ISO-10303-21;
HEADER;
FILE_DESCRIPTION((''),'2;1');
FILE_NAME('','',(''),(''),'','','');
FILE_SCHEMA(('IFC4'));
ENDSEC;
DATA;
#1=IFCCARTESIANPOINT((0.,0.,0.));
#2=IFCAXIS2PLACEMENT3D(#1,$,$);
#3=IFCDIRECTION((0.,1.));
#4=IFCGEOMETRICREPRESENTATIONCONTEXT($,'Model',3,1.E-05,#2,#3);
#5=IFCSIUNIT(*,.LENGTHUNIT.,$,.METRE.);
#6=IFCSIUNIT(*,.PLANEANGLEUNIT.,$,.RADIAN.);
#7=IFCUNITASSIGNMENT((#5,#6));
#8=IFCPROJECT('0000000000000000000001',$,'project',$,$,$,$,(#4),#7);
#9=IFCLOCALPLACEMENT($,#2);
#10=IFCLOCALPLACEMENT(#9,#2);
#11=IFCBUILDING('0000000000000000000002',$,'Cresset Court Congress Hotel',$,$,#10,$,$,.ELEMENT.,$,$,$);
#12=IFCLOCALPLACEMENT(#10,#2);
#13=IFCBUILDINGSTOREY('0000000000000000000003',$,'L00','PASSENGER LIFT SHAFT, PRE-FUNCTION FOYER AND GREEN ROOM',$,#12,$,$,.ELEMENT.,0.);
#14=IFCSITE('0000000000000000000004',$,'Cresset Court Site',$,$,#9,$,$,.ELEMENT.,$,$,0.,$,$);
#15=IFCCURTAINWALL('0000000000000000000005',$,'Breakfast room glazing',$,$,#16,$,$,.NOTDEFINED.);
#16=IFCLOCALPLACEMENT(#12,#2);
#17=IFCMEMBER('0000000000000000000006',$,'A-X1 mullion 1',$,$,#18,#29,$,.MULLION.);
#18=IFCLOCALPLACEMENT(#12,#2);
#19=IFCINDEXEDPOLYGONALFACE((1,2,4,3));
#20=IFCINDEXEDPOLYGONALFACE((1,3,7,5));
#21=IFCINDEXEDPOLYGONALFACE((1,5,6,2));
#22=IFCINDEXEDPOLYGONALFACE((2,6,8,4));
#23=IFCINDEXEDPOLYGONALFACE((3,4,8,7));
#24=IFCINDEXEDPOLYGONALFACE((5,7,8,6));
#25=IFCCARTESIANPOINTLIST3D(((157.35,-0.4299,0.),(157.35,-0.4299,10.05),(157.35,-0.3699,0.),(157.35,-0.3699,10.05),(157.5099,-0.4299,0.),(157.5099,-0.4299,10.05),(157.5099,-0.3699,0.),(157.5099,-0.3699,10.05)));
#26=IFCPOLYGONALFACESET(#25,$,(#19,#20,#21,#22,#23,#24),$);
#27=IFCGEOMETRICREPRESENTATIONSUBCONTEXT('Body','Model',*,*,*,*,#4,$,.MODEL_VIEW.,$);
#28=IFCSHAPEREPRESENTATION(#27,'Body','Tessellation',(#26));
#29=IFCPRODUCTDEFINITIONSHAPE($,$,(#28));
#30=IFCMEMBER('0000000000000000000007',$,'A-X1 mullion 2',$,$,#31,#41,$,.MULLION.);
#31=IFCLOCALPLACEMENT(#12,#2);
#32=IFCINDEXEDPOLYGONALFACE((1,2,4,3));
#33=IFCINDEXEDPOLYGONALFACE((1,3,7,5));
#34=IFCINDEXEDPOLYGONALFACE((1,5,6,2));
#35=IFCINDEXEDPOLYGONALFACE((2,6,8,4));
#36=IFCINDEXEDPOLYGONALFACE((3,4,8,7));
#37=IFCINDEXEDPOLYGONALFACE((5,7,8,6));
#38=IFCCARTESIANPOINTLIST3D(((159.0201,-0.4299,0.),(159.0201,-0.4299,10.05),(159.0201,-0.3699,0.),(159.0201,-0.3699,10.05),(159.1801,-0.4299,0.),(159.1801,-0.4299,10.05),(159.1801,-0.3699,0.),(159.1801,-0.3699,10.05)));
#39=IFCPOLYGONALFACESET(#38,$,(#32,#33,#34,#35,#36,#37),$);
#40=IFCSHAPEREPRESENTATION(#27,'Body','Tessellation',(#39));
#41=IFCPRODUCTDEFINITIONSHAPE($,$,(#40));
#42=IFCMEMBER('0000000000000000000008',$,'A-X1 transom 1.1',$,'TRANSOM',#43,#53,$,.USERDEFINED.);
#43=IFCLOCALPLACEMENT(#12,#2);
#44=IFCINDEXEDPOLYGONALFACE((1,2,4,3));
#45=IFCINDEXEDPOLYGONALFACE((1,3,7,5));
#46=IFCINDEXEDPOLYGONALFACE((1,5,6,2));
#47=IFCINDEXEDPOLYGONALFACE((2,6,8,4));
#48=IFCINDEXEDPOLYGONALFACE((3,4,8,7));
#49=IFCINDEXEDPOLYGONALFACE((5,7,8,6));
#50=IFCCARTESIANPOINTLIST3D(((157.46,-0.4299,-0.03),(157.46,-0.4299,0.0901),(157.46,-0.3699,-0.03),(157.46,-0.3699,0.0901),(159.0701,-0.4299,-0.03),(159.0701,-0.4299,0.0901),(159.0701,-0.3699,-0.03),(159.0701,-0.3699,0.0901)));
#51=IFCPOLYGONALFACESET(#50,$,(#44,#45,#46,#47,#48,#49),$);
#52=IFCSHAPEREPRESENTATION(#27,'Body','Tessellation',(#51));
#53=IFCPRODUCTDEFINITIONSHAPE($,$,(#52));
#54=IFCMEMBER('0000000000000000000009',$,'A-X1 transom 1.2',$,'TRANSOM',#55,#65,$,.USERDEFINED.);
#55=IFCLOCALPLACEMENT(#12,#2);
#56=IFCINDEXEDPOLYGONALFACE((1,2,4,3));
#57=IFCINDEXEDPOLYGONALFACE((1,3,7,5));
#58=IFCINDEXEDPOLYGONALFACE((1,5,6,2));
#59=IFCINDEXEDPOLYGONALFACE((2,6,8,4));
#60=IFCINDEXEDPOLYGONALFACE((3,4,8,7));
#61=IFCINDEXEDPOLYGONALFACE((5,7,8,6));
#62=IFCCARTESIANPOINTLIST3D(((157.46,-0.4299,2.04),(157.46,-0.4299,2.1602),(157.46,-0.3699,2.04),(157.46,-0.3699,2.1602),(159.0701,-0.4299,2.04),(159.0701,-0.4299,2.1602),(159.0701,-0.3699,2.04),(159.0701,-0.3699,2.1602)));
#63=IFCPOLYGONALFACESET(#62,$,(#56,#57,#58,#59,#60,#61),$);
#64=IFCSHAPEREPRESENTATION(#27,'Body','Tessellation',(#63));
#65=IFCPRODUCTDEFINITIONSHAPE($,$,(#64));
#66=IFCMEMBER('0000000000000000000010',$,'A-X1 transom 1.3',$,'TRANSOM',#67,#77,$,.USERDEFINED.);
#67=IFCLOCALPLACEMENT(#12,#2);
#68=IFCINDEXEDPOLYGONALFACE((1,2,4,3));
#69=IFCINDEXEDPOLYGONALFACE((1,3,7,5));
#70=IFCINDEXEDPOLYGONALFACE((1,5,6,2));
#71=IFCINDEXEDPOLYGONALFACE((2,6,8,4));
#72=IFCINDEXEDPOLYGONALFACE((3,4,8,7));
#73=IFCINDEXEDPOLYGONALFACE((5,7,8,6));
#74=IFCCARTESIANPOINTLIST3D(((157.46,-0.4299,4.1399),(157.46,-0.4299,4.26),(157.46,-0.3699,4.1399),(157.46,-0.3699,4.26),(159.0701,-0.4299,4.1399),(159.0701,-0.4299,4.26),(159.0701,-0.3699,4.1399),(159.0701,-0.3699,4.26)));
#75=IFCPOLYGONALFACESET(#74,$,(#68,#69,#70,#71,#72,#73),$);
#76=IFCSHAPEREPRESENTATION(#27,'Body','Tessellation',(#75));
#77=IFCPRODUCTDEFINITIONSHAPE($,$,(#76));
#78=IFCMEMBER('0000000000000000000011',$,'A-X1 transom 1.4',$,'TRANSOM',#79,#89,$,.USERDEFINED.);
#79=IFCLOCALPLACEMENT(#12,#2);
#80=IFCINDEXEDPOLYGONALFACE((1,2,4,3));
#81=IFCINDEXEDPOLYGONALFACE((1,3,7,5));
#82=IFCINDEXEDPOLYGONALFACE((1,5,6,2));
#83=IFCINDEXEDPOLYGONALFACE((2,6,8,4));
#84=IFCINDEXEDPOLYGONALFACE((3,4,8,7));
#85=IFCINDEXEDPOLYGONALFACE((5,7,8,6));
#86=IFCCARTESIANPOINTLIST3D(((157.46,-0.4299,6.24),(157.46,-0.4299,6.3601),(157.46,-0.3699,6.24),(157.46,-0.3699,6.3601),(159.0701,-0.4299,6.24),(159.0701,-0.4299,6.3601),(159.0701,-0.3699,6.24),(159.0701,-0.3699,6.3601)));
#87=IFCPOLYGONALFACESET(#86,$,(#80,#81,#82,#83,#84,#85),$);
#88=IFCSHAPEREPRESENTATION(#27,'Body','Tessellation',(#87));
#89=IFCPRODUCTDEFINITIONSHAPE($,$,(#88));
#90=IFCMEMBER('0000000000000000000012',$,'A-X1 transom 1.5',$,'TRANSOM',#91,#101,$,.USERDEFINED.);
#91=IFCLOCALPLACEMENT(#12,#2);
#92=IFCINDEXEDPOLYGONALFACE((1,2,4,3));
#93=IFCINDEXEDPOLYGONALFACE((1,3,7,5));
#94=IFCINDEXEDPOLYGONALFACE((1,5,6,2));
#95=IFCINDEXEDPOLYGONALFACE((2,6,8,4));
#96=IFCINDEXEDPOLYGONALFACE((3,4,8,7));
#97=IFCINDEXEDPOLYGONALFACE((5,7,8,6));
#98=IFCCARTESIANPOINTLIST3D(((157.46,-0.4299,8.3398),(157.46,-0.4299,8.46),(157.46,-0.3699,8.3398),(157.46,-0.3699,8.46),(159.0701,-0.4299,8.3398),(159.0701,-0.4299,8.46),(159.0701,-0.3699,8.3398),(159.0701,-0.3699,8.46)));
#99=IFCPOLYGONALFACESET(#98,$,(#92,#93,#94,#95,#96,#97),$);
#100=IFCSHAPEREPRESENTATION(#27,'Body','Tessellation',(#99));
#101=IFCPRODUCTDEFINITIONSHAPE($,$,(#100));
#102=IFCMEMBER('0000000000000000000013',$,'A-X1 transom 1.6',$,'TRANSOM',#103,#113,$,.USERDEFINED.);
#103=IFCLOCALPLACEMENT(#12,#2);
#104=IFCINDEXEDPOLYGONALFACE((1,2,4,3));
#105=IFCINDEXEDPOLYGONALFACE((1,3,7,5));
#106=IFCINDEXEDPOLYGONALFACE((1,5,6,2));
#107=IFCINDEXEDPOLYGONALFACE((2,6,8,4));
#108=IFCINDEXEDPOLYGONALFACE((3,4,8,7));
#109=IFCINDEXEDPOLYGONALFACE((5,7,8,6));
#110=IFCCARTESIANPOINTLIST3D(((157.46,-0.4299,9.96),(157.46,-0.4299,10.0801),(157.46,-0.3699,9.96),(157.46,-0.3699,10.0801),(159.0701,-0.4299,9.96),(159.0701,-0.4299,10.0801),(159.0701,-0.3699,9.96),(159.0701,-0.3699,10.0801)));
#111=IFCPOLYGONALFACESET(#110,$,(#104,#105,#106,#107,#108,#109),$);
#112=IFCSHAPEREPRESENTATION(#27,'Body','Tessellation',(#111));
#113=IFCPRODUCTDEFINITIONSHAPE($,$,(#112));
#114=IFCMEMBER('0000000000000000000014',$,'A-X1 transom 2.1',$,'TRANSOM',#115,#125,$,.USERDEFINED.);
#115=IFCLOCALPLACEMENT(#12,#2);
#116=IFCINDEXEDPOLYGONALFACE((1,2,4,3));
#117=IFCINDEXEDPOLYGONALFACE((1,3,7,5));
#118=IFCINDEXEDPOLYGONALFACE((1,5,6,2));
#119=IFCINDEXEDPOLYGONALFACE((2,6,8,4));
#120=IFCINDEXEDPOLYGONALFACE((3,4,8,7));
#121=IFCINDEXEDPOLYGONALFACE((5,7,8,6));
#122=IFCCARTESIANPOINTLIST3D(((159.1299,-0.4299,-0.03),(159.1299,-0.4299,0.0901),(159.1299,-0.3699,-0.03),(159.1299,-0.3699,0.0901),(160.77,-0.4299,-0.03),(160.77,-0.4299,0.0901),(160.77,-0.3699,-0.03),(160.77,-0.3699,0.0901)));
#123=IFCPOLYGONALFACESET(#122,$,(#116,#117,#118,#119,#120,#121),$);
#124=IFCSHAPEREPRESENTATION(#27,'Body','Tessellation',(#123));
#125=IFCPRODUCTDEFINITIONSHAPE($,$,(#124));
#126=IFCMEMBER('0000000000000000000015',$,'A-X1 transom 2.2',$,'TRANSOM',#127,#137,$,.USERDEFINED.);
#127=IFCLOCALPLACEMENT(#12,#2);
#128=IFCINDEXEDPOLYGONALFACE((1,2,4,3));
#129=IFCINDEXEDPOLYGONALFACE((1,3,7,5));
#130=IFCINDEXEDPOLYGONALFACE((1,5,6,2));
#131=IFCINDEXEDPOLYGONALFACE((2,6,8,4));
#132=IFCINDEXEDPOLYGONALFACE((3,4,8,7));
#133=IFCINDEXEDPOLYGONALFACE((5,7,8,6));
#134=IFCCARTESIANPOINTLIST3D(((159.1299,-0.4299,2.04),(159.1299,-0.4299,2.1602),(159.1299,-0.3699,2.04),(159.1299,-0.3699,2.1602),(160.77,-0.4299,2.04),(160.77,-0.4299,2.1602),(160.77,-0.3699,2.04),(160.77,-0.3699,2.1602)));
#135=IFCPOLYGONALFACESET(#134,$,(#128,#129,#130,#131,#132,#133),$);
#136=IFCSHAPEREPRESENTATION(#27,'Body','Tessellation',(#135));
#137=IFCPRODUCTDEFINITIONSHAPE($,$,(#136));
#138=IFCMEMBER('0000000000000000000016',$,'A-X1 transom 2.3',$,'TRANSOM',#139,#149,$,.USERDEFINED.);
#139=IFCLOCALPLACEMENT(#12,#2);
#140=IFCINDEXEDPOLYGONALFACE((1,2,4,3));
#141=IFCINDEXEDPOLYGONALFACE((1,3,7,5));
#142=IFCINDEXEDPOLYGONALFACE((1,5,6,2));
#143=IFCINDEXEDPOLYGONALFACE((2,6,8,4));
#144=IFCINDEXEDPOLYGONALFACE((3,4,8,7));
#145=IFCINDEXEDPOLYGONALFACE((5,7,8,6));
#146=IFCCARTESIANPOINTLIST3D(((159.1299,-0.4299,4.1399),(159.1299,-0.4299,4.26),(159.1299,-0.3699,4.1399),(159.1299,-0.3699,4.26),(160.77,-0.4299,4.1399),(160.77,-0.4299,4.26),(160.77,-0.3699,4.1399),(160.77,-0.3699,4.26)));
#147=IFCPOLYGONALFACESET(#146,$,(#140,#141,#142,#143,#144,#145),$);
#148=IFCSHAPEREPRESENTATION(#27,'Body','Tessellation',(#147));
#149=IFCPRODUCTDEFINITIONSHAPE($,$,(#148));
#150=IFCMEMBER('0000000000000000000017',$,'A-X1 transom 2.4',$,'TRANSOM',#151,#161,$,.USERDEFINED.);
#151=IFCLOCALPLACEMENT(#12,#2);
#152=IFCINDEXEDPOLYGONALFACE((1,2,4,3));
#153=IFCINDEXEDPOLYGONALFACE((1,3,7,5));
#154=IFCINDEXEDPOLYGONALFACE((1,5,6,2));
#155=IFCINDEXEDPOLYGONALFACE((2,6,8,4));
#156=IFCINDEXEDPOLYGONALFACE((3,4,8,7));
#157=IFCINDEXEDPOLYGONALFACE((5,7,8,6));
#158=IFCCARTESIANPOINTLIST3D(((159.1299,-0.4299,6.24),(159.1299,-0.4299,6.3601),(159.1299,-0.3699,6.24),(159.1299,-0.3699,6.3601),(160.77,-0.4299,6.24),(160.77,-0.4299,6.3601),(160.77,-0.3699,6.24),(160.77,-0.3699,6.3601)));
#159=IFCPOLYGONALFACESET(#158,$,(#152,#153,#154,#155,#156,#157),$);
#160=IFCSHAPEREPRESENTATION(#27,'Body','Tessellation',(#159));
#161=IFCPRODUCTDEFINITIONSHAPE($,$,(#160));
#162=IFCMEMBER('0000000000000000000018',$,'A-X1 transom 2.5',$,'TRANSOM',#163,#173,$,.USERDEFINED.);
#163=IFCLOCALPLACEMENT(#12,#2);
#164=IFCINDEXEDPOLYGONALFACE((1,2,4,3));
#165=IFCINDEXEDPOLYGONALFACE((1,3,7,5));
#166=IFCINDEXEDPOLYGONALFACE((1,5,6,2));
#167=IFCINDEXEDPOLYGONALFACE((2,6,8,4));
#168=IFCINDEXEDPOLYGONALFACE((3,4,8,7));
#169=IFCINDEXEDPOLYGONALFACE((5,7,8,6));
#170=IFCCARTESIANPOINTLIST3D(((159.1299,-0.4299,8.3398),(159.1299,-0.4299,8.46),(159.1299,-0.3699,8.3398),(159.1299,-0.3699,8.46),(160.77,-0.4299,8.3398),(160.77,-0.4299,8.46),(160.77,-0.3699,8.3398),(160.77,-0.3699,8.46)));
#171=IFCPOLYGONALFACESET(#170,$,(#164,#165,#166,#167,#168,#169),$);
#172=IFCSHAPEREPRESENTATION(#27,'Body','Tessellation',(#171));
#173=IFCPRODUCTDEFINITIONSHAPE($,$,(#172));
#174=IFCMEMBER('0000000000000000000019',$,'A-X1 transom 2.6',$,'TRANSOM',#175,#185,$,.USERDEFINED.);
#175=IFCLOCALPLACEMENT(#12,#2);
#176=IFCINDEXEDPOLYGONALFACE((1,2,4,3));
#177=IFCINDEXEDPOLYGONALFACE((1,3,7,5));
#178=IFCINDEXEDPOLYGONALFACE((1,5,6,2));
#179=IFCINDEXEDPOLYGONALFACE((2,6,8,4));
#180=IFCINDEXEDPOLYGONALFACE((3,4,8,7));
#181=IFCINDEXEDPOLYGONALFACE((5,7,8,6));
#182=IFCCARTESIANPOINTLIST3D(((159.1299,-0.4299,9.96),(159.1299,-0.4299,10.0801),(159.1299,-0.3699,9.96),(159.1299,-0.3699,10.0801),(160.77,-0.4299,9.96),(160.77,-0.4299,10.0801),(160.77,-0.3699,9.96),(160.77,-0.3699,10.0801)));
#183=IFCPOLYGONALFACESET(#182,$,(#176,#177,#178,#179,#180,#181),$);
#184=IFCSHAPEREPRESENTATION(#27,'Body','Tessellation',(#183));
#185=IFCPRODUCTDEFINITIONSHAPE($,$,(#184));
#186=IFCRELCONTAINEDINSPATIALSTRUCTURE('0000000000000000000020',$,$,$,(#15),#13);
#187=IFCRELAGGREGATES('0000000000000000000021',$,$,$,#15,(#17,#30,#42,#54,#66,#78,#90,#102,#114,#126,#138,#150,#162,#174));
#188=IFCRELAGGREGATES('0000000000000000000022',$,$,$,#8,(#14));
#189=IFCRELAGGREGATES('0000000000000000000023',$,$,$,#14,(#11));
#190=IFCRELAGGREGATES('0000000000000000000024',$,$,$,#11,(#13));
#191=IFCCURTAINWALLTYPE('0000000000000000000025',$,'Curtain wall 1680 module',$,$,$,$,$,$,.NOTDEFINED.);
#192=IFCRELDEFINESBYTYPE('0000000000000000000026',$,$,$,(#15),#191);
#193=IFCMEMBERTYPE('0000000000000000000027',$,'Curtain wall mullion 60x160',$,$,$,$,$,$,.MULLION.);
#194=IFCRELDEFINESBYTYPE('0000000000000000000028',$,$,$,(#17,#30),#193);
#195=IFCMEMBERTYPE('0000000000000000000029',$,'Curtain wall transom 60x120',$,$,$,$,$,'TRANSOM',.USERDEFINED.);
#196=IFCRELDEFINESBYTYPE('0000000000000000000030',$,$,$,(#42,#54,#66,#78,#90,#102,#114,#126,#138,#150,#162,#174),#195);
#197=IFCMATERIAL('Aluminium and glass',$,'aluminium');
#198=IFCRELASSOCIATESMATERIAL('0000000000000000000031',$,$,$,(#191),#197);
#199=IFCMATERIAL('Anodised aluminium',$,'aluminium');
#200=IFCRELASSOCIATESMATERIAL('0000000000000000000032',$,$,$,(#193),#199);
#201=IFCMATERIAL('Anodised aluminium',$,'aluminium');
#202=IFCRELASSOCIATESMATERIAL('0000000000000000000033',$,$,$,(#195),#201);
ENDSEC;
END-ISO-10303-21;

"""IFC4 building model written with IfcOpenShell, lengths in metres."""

from ifc_helpers import new_model, si_unit, direction, frame, origin, origin_2d, place, context, subcontext, project, spatial, rectangle, extrude, material, material_profile, profile_set, type_object, element, aggregate, save


model = new_model("IFC4")

# Units and contexts
model_context = context("Model", 3, precision=1e-05, world=origin(), true_north=direction((0.0, 1.0)))
body_context = subcontext(model_context, "Body", "Model", "MODEL_VIEW")
ifc_project = project(units=[si_unit("LENGTHUNIT", "METRE"), si_unit("PLANEANGLEUNIT", "RADIAN")], contexts=[model_context])

# Site, building, storey
site_placement = place(None, origin())
site = spatial("IfcSite", under=ifc_project, at=site_placement, Name="Cresset Court Site", CompositionType="ELEMENT", RefElevation=0.0)
building_placement = place(site_placement, origin())
building = spatial("IfcBuilding", under=site, at=building_placement, Name="Cresset Court Congress Hotel", CompositionType="ELEMENT")
storey_placement = place(building_placement, origin())
storey = spatial("IfcBuildingStorey", under=building, at=storey_placement, Name="L00", Description="PASSENGER LIFT SHAFT, PRE-FUNCTION FOYER AND GREEN ROOM", CompositionType="ELEMENT", Elevation=0.0)

# Curtain wall, members
ifc_material_1 = material(Name="Aluminium and glass", Category="aluminium")
curtain_wall_type = type_object("IfcCurtainWallType", Name="Curtain wall 1680 module", PredefinedType="NOTDEFINED", material=ifc_material_1)
curtain_wall_placement = place(storey_placement, origin())
curtain_wall = element("IfcCurtainWall", 1, at=curtain_wall_placement, inside=storey, type_object=curtain_wall_type, Name="Breakfast room glazing", PredefinedType="NOTDEFINED")
ifc_material_2 = material(Name="Anodised aluminium", Category="aluminium")
ifc_material_profile_1 = material_profile(ifc_material_2, rectangle(XDim=0.0601, YDim=0.1599, at=origin_2d()), Name="AL60x160")
ifc_profile_set_1 = profile_set([ifc_material_profile_1], Name="Anodised aluminium")
member_type_1 = type_object("IfcMemberType", Name="Curtain wall mullion 60x160", PredefinedType="MULLION", material=ifc_profile_set_1)
member_1_placement = place(storey_placement, frame((157.4299, -0.3999, 0.0), z_axis=(0.0, 0.0, 1.0), x_axis=(0.0, 1.0, 0.0)))
member_1 = element("IfcMember", 2, at=member_1_placement, type_object=member_type_1, Name="A-X1 mullion 1", PredefinedType="MULLION", context=body_context, shape_type="SweptSolid", body=[
    extrude(rectangle(XDim=0.0601, YDim=0.1599, at=origin_2d()), origin(), (0.0, 0.0, 1.0), 10.05),
])
member_2_placement = place(storey_placement, frame((159.1001, -0.3999, 0.0), z_axis=(0.0, 0.0, 1.0), x_axis=(0.0, 1.0, 0.0)))
member_2 = element("IfcMember", 3, at=member_2_placement, type_object=member_type_1, Name="A-X1 mullion 2", PredefinedType="MULLION", context=body_context, shape_type="SweptSolid", body=[
    extrude(rectangle(XDim=0.0601, YDim=0.1599, at=origin_2d()), origin(), (0.0, 0.0, 1.0), 10.05),
])
ifc_material_3 = material(Name="Anodised aluminium", Category="aluminium")
ifc_material_profile_2 = material_profile(ifc_material_3, rectangle(XDim=0.0601, YDim=0.1201, at=origin_2d()), Name="AL60x120")
ifc_profile_set_2 = profile_set([ifc_material_profile_2], Name="Anodised aluminium")
member_type_2 = type_object("IfcMemberType", Name="Curtain wall transom 60x120", ElementType="TRANSOM", PredefinedType="USERDEFINED", material=ifc_profile_set_2)
member_3_placement = place(storey_placement, frame((157.46, -0.3999, 0.03), z_axis=(1.0, 0.0, 0.0), x_axis=(0.0, 1.0, 0.0)))
member_3 = element("IfcMember", 4, at=member_3_placement, type_object=member_type_2, Name="A-X1 transom 1.1", ObjectType="TRANSOM", PredefinedType="USERDEFINED", context=body_context, shape_type="SweptSolid", body=[
    extrude(rectangle(XDim=0.0601, YDim=0.1201, at=origin_2d()), origin(), (0.0, 0.0, 1.0), 1.6101),
])
member_4_placement = place(storey_placement, frame((157.46, -0.3999, 2.1001), z_axis=(1.0, 0.0, 0.0), x_axis=(0.0, 1.0, 0.0)))
member_4 = element("IfcMember", 5, at=member_4_placement, type_object=member_type_2, Name="A-X1 transom 1.2", ObjectType="TRANSOM", PredefinedType="USERDEFINED", context=body_context, shape_type="SweptSolid", body=[
    extrude(rectangle(XDim=0.0601, YDim=0.1201, at=origin_2d()), origin(), (0.0, 0.0, 1.0), 1.6101),
])
member_5_placement = place(storey_placement, frame((157.46, -0.3999, 4.2), z_axis=(1.0, 0.0, 0.0), x_axis=(0.0, 1.0, 0.0)))
member_5 = element("IfcMember", 6, at=member_5_placement, type_object=member_type_2, Name="A-X1 transom 1.3", ObjectType="TRANSOM", PredefinedType="USERDEFINED", context=body_context, shape_type="SweptSolid", body=[
    extrude(rectangle(XDim=0.0601, YDim=0.1201, at=origin_2d()), origin(), (0.0, 0.0, 1.0), 1.6101),
])
member_6_placement = place(storey_placement, frame((157.46, -0.3999, 6.3), z_axis=(1.0, 0.0, 0.0), x_axis=(0.0, 1.0, 0.0)))
member_6 = element("IfcMember", 7, at=member_6_placement, type_object=member_type_2, Name="A-X1 transom 1.4", ObjectType="TRANSOM", PredefinedType="USERDEFINED", context=body_context, shape_type="SweptSolid", body=[
    extrude(rectangle(XDim=0.0601, YDim=0.1201, at=origin_2d()), origin(), (0.0, 0.0, 1.0), 1.6101),
])
member_7_placement = place(storey_placement, frame((157.46, -0.3999, 8.3999), z_axis=(1.0, 0.0, 0.0), x_axis=(0.0, 1.0, 0.0)))
member_7 = element("IfcMember", 8, at=member_7_placement, type_object=member_type_2, Name="A-X1 transom 1.5", ObjectType="TRANSOM", PredefinedType="USERDEFINED", context=body_context, shape_type="SweptSolid", body=[
    extrude(rectangle(XDim=0.0601, YDim=0.1201, at=origin_2d()), origin(), (0.0, 0.0, 1.0), 1.6101),
])
member_8_placement = place(storey_placement, frame((157.46, -0.3999, 10.02), z_axis=(1.0, 0.0, 0.0), x_axis=(0.0, 1.0, 0.0)))
member_8 = element("IfcMember", 9, at=member_8_placement, type_object=member_type_2, Name="A-X1 transom 1.6", ObjectType="TRANSOM", PredefinedType="USERDEFINED", context=body_context, shape_type="SweptSolid", body=[
    extrude(rectangle(XDim=0.0601, YDim=0.1201, at=origin_2d()), origin(), (0.0, 0.0, 1.0), 1.6101),
])
member_9_placement = place(storey_placement, frame((159.1299, -0.3999, 0.03), z_axis=(1.0, 0.0, 0.0), x_axis=(0.0, 1.0, 0.0)))
member_9 = element("IfcMember", 10, at=member_9_placement, type_object=member_type_2, Name="A-X1 transom 2.1", ObjectType="TRANSOM", PredefinedType="USERDEFINED", context=body_context, shape_type="SweptSolid", body=[
    extrude(rectangle(XDim=0.0601, YDim=0.1201, at=origin_2d()), origin(), (0.0, 0.0, 1.0), 1.6401),
])
member_10_placement = place(storey_placement, frame((159.1299, -0.3999, 2.1001), z_axis=(1.0, 0.0, 0.0), x_axis=(0.0, 1.0, 0.0)))
member_10 = element("IfcMember", 11, at=member_10_placement, type_object=member_type_2, Name="A-X1 transom 2.2", ObjectType="TRANSOM", PredefinedType="USERDEFINED", context=body_context, shape_type="SweptSolid", body=[
    extrude(rectangle(XDim=0.0601, YDim=0.1201, at=origin_2d()), origin(), (0.0, 0.0, 1.0), 1.6401),
])
member_11_placement = place(storey_placement, frame((159.1299, -0.3999, 4.2), z_axis=(1.0, 0.0, 0.0), x_axis=(0.0, 1.0, 0.0)))
member_11 = element("IfcMember", 12, at=member_11_placement, type_object=member_type_2, Name="A-X1 transom 2.3", ObjectType="TRANSOM", PredefinedType="USERDEFINED", context=body_context, shape_type="SweptSolid", body=[
    extrude(rectangle(XDim=0.0601, YDim=0.1201, at=origin_2d()), origin(), (0.0, 0.0, 1.0), 1.6401),
])
member_12_placement = place(storey_placement, frame((159.1299, -0.3999, 6.3), z_axis=(1.0, 0.0, 0.0), x_axis=(0.0, 1.0, 0.0)))
member_12 = element("IfcMember", 13, at=member_12_placement, type_object=member_type_2, Name="A-X1 transom 2.4", ObjectType="TRANSOM", PredefinedType="USERDEFINED", context=body_context, shape_type="SweptSolid", body=[
    extrude(rectangle(XDim=0.0601, YDim=0.1201, at=origin_2d()), origin(), (0.0, 0.0, 1.0), 1.6401),
])
member_13_placement = place(storey_placement, frame((159.1299, -0.3999, 8.3999), z_axis=(1.0, 0.0, 0.0), x_axis=(0.0, 1.0, 0.0)))
member_13 = element("IfcMember", 14, at=member_13_placement, type_object=member_type_2, Name="A-X1 transom 2.5", ObjectType="TRANSOM", PredefinedType="USERDEFINED", context=body_context, shape_type="SweptSolid", body=[
    extrude(rectangle(XDim=0.0601, YDim=0.1201, at=origin_2d()), origin(), (0.0, 0.0, 1.0), 1.6401),
])
member_14_placement = place(storey_placement, frame((159.1299, -0.3999, 10.02), z_axis=(1.0, 0.0, 0.0), x_axis=(0.0, 1.0, 0.0)))
member_14 = element("IfcMember", 15, at=member_14_placement, type_object=member_type_2, Name="A-X1 transom 2.6", ObjectType="TRANSOM", PredefinedType="USERDEFINED", context=body_context, shape_type="SweptSolid", body=[
    extrude(rectangle(XDim=0.0601, YDim=0.1201, at=origin_2d()), origin(), (0.0, 0.0, 1.0), 1.6401),
])
aggregate(curtain_wall, [member_1, member_2, member_3, member_4, member_5, member_6, member_7, member_8, member_9, member_10, member_11, member_12, member_13, member_14])

save(model, "model.ifc")
